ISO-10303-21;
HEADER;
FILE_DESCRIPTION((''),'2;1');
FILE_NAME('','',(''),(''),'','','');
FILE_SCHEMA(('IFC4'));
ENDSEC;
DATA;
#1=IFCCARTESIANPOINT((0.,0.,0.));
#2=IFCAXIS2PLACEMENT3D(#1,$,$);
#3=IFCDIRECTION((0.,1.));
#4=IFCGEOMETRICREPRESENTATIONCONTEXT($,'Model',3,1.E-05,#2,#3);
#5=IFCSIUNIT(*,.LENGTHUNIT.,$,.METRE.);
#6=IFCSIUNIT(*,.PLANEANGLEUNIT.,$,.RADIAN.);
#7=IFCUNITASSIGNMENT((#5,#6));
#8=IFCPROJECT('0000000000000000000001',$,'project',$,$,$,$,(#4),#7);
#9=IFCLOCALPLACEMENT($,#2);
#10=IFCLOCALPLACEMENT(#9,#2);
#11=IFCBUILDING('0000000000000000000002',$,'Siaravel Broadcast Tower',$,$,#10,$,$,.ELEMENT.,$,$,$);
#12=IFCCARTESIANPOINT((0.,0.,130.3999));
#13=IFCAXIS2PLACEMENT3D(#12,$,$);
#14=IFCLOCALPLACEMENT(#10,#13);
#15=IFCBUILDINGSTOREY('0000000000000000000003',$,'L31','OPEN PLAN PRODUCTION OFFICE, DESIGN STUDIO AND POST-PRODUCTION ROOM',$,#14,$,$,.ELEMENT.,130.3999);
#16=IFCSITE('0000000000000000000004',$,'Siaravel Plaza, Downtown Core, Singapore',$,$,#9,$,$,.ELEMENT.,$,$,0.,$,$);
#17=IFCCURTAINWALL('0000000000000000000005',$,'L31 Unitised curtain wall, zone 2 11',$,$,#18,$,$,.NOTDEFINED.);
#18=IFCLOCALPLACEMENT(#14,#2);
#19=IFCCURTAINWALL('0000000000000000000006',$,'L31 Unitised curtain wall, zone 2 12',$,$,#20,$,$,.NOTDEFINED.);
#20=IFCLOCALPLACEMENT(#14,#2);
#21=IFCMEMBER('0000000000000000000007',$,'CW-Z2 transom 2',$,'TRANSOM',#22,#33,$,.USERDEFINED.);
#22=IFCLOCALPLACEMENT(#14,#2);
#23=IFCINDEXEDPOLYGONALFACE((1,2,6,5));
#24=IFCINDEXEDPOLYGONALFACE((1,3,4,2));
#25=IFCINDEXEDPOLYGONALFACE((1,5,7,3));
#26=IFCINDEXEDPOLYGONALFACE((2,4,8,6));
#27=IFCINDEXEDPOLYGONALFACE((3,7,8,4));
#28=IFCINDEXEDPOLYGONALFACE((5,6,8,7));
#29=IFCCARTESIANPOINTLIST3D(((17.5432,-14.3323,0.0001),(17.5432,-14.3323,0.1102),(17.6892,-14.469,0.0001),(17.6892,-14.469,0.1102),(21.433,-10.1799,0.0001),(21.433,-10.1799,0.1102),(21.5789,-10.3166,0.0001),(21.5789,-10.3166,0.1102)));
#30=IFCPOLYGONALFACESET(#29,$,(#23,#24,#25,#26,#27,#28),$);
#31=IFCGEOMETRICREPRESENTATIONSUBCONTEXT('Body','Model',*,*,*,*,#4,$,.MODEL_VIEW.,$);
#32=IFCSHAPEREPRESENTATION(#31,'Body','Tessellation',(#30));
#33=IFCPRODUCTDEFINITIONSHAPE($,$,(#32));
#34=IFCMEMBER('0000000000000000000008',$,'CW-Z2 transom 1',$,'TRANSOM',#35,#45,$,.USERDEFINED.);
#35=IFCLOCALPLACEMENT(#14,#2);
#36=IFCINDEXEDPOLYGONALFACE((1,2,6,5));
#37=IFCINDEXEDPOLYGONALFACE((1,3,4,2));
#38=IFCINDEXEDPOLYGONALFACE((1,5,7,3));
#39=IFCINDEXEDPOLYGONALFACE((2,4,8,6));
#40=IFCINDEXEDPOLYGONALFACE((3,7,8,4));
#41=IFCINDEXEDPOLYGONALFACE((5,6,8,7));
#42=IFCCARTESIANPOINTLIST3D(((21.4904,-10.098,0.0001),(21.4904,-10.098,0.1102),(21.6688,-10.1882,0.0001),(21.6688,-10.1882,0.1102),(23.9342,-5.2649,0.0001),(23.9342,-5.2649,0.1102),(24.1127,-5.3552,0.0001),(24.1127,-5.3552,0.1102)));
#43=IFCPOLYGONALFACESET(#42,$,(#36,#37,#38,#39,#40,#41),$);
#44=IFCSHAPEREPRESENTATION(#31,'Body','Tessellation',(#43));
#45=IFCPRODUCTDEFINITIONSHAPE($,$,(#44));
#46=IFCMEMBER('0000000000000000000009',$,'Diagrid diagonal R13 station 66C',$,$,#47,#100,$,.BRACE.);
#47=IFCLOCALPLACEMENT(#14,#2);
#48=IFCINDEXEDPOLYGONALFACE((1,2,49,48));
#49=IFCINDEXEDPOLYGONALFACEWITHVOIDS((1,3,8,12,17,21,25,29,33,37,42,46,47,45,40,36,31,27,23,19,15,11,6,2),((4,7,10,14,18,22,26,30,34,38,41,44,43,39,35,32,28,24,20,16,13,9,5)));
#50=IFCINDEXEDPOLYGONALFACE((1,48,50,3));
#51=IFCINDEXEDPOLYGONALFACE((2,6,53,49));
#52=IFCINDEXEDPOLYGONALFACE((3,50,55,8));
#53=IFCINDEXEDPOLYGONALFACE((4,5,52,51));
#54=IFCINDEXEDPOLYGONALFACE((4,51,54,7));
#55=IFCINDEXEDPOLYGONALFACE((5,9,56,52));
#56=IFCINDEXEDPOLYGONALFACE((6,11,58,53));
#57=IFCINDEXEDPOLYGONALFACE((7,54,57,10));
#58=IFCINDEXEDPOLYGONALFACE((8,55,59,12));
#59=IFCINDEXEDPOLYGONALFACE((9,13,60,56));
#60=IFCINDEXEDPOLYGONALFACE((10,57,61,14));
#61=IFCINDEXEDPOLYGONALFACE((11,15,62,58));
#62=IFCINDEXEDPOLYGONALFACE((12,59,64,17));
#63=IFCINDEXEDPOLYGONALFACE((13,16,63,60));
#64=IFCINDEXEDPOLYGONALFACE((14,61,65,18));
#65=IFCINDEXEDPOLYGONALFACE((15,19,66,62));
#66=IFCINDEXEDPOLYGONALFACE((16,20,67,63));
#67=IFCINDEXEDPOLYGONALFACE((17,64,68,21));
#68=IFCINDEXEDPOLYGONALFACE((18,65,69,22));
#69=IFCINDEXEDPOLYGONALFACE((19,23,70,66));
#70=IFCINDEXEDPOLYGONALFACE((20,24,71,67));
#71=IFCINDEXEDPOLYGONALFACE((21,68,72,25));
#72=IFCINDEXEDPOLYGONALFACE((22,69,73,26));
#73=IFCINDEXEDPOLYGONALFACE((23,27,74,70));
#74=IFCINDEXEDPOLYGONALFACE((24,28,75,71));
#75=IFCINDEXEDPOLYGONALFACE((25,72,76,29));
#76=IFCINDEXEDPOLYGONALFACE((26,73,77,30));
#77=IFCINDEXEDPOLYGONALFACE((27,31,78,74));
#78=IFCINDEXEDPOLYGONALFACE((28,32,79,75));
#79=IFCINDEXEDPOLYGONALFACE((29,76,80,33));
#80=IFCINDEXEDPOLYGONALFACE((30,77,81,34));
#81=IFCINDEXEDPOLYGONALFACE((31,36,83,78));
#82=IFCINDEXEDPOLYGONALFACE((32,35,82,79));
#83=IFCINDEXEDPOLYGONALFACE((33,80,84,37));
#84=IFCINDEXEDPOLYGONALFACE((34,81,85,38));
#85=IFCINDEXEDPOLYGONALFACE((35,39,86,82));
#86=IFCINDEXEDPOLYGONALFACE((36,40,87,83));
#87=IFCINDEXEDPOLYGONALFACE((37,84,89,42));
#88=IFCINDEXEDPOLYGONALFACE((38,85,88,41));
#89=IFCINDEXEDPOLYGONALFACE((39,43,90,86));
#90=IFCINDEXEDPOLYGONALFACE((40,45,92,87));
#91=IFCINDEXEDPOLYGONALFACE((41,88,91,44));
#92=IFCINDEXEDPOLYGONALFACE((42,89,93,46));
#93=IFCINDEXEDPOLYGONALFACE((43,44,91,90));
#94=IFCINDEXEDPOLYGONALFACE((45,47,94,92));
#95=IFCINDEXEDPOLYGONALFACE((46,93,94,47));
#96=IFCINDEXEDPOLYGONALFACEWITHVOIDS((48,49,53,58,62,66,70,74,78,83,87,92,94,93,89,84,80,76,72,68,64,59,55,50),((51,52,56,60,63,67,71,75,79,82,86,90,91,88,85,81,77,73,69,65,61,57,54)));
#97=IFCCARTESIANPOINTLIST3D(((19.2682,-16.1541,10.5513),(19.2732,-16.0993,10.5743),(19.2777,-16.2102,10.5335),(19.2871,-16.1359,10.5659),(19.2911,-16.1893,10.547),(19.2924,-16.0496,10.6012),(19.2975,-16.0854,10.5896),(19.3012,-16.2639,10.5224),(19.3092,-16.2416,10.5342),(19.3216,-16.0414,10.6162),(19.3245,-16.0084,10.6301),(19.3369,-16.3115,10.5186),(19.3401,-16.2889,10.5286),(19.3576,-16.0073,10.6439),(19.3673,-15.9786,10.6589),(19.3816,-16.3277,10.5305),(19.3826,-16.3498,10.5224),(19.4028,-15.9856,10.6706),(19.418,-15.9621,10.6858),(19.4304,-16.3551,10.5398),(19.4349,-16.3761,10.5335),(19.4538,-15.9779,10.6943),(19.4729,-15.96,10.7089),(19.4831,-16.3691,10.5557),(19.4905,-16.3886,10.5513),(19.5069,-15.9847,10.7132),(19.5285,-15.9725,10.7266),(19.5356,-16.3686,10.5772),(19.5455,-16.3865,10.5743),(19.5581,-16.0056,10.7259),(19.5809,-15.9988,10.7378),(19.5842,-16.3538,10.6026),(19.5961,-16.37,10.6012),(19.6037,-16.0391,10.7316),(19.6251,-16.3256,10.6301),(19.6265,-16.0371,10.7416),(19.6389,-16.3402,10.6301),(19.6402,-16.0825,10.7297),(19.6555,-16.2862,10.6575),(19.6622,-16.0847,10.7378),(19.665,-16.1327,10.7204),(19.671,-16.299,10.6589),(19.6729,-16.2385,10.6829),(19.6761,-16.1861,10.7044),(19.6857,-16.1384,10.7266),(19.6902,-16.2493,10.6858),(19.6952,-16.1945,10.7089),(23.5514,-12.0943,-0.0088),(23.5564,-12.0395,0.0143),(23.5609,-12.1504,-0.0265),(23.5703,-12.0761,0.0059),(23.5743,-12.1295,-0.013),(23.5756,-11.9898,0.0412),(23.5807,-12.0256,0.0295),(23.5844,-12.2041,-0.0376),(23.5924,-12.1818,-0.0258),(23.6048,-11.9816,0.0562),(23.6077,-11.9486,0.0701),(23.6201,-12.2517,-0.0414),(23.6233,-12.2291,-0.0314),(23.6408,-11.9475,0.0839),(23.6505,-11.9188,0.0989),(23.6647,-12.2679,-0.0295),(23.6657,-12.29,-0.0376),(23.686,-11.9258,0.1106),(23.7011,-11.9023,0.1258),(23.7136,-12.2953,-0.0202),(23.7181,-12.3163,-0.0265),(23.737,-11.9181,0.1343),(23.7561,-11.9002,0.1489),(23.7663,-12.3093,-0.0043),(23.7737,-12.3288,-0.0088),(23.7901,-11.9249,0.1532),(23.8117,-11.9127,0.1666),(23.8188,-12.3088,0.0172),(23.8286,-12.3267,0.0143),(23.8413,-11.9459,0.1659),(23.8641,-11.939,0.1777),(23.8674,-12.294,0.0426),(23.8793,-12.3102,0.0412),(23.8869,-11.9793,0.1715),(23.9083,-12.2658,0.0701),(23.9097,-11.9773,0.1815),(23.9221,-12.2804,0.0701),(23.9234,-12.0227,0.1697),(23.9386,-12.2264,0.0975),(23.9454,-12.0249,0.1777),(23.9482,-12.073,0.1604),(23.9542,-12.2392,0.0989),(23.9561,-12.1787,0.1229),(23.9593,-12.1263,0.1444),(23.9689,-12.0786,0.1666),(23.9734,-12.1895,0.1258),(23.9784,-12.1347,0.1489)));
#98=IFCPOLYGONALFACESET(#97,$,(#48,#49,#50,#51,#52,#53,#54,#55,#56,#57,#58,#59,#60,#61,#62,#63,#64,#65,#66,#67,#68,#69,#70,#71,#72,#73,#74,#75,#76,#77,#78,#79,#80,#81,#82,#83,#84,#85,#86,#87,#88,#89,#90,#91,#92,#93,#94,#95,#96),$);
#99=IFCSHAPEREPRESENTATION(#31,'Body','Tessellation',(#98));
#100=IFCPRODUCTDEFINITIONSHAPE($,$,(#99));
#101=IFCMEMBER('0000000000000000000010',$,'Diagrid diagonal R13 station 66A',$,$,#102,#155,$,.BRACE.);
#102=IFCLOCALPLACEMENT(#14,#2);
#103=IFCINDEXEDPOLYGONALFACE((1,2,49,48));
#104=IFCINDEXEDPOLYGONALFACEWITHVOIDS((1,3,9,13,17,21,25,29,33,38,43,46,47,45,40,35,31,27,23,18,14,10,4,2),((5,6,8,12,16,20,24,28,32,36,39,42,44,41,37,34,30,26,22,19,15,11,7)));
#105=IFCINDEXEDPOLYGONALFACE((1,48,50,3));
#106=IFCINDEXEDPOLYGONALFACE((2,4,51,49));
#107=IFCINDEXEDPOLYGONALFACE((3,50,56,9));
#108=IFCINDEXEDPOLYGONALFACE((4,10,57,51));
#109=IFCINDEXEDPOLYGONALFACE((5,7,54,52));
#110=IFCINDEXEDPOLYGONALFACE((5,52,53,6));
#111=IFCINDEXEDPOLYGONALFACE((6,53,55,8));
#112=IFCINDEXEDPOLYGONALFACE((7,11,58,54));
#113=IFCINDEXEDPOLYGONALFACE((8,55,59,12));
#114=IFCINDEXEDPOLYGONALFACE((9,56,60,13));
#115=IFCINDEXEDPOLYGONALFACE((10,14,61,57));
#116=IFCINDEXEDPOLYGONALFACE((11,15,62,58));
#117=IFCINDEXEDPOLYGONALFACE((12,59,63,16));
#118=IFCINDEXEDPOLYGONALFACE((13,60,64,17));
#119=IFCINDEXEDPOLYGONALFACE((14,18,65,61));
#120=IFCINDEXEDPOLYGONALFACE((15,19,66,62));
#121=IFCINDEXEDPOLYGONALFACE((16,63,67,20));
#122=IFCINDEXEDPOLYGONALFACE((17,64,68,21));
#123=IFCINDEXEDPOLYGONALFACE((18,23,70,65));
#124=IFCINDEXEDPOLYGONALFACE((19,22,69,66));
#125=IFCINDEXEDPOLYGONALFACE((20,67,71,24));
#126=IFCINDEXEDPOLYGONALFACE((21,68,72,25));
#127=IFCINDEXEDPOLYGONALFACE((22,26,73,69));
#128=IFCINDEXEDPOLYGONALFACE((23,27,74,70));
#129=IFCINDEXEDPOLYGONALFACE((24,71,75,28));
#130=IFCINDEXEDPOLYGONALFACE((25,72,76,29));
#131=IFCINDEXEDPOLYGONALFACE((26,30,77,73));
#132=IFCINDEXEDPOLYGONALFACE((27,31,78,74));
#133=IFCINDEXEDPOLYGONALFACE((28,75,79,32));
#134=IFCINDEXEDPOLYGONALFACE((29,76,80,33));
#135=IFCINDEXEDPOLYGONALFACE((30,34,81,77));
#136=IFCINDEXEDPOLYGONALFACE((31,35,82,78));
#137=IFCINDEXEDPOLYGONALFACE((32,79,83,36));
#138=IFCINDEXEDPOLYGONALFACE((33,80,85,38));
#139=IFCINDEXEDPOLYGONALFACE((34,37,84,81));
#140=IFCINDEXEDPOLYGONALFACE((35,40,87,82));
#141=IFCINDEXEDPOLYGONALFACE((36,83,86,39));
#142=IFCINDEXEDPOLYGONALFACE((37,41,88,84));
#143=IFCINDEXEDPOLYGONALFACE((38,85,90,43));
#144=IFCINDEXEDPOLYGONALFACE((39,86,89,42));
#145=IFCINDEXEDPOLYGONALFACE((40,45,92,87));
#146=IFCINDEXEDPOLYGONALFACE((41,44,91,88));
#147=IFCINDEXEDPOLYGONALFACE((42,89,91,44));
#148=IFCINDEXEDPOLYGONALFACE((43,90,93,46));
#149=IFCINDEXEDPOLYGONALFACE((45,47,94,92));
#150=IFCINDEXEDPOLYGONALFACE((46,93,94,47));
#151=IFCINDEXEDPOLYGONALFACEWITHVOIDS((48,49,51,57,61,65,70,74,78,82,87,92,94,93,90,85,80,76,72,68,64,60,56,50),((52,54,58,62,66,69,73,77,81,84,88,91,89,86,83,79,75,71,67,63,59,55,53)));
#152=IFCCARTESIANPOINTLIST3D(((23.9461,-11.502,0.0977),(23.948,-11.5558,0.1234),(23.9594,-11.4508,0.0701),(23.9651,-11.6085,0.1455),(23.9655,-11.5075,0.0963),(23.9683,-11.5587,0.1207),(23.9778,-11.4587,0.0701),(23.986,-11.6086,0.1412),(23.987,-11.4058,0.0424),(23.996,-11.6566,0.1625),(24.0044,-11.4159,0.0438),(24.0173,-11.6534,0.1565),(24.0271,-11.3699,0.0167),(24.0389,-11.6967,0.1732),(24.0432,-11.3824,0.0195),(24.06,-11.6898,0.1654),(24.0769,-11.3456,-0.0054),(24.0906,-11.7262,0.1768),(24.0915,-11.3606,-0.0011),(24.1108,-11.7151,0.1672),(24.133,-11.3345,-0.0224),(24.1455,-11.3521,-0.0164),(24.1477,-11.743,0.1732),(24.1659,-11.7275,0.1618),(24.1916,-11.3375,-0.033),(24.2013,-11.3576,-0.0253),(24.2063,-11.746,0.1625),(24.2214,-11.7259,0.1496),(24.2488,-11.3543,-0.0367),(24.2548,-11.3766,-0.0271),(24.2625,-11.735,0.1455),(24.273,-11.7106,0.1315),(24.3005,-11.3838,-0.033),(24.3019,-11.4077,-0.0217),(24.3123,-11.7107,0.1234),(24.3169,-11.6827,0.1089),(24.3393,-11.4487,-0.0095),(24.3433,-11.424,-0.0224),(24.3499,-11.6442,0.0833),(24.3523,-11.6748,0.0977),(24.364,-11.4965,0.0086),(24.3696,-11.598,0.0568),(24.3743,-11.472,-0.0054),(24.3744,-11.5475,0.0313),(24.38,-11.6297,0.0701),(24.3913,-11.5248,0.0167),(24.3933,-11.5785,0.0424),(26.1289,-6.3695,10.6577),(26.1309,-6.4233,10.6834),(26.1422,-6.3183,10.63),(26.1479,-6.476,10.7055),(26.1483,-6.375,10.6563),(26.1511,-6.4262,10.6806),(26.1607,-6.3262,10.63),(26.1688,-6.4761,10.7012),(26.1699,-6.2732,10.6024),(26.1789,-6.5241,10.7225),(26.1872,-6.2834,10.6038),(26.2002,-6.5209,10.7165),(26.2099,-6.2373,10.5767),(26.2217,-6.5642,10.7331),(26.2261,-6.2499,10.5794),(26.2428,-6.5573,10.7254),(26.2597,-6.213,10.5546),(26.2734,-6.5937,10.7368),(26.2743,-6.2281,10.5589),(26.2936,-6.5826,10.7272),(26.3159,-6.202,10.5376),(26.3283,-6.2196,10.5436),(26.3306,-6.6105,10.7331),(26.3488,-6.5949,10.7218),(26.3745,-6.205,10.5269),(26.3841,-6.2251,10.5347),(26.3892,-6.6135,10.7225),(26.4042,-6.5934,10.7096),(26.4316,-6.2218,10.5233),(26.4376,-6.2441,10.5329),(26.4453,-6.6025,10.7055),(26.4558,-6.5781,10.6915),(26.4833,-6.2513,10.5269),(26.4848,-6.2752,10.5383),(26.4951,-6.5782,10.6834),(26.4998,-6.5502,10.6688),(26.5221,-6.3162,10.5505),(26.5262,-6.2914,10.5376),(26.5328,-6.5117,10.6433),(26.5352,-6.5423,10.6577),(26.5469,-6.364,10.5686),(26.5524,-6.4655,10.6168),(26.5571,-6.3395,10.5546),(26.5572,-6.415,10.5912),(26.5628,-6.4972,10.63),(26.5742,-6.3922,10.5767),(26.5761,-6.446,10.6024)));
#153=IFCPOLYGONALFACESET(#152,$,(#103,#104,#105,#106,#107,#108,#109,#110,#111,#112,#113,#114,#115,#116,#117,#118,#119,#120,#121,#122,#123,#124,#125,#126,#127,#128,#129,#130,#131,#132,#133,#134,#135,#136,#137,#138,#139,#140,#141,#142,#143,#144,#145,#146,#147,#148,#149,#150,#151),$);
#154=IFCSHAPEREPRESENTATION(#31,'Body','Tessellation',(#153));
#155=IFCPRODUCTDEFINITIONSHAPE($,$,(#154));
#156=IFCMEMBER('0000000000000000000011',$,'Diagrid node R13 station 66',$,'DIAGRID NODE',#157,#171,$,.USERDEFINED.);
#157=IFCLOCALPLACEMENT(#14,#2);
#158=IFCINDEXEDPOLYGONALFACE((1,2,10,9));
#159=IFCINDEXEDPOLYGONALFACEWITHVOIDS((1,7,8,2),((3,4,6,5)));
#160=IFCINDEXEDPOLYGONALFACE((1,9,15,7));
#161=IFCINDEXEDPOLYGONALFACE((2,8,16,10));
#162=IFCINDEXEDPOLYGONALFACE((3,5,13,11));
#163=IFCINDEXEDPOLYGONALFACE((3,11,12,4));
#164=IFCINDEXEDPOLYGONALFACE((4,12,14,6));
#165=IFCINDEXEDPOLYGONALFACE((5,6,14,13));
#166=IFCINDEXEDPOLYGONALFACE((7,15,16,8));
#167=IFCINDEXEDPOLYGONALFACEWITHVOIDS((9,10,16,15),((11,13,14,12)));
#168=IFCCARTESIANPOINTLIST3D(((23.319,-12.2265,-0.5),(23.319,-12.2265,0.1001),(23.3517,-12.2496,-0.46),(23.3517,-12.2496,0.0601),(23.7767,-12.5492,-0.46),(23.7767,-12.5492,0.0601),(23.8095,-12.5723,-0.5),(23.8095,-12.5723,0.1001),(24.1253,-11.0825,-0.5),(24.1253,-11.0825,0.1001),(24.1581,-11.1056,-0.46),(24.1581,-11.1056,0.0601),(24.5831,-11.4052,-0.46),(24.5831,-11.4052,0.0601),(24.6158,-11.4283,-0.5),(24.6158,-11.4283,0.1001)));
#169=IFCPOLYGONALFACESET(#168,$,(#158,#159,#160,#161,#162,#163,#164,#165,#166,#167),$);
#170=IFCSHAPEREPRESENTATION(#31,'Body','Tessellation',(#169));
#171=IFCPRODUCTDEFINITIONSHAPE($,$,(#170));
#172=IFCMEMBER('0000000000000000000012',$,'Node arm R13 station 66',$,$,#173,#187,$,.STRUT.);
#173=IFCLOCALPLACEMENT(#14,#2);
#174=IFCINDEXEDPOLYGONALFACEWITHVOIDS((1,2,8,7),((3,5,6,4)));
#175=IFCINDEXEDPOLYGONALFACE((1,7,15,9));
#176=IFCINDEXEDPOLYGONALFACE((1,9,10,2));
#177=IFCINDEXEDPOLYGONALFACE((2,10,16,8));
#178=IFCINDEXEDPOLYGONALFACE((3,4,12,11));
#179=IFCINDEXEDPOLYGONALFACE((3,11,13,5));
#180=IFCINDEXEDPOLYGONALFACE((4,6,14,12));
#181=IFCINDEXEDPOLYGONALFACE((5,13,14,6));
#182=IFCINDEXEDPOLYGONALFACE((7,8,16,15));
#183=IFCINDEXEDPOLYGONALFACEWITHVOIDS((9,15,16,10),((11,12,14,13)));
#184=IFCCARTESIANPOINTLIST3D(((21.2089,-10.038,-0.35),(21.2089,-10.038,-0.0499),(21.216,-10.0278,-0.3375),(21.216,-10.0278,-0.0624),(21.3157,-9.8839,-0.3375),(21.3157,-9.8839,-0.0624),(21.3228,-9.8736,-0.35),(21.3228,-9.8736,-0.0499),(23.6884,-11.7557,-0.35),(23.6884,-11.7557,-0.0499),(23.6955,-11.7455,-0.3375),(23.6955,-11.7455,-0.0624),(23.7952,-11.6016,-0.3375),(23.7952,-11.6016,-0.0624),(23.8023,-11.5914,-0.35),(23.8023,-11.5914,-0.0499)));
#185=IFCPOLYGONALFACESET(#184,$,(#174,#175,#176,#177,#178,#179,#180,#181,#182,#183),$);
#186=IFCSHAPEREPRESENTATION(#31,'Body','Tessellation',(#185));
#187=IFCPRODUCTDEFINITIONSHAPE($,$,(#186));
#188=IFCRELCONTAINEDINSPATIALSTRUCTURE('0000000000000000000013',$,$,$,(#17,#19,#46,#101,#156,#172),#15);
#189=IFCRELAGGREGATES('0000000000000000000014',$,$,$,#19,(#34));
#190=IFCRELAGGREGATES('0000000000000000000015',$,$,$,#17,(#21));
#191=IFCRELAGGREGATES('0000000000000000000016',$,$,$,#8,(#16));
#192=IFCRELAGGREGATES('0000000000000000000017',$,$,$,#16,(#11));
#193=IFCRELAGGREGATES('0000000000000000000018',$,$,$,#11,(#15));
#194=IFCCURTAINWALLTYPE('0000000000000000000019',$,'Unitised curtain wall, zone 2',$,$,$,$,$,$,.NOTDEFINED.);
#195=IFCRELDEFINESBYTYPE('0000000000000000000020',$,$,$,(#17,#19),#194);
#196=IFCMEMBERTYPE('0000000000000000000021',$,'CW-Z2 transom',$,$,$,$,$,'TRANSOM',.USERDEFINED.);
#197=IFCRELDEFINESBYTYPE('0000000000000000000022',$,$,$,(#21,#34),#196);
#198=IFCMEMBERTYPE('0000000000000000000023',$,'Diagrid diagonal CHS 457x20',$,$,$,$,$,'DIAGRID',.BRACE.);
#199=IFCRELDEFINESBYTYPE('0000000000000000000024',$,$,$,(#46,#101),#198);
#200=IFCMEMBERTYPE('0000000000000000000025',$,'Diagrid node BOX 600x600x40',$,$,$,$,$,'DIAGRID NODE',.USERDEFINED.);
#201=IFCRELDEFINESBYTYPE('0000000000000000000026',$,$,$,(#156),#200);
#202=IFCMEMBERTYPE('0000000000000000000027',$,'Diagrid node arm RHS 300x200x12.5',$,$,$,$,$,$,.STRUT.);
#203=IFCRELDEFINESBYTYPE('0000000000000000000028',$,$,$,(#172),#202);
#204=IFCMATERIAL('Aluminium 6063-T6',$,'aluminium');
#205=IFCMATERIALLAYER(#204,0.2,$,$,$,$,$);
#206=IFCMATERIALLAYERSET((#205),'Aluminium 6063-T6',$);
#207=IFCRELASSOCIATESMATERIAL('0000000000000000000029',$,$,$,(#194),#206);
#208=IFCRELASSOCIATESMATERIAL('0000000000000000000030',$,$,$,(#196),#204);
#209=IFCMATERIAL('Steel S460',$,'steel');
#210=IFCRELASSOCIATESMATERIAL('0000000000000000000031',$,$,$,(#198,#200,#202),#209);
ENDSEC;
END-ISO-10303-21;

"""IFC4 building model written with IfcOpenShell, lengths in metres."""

from ifc_helpers import new_model, si_unit, direction, frame, origin, origin_2d, place, context, subcontext, project, spatial, rectangle, hollow_rectangle, hollow_circle, extrude, material, layer, layer_set, material_profile, profile_set, type_object, element, aggregate, save


model = new_model("IFC4")

# Units and contexts
model_context = context("Model", 3, precision=1e-05, world=origin(), true_north=direction((0.0, 1.0)))
body_context = subcontext(model_context, "Body", "Model", "MODEL_VIEW")
ifc_project = project(units=[si_unit("LENGTHUNIT", "METRE"), si_unit("PLANEANGLEUNIT", "RADIAN")], contexts=[model_context])

# Site, building, storey
site_placement = place(None, origin())
site = spatial("IfcSite", under=ifc_project, at=site_placement, Name="Siaravel Plaza, Downtown Core, Singapore", CompositionType="ELEMENT", RefElevation=0.0)
building_placement = place(site_placement, origin())
building = spatial("IfcBuilding", under=site, at=building_placement, Name="Siaravel Broadcast Tower", CompositionType="ELEMENT")
storey_placement = place(building_placement, frame((0.0, 0.0, 130.3999)))
storey = spatial("IfcBuildingStorey", under=building, at=storey_placement, Name="L31", Description="OPEN PLAN PRODUCTION OFFICE, DESIGN STUDIO AND POST-PRODUCTION ROOM", CompositionType="ELEMENT", Elevation=130.3999)

# Curtain wall
ifc_material_1 = material(Name="Aluminium 6063-T6", Category="aluminium")
ifc_layer_1 = layer(ifc_material_1, 0.2)
ifc_layer_set_1 = layer_set([ifc_layer_1], Name="Aluminium 6063-T6")
curtain_wall_type = type_object("IfcCurtainWallType", Name="Unitised curtain wall, zone 2", PredefinedType="NOTDEFINED", material=ifc_layer_set_1)
curtain_wall_1_placement = place(storey_placement, origin())
curtain_wall_1 = element("IfcCurtainWall", 1, at=curtain_wall_1_placement, inside=storey, type_object=curtain_wall_type, Name="L31 Unitised curtain wall, zone 2 11", PredefinedType="NOTDEFINED")

# Curtain wall
curtain_wall_2_placement = place(storey_placement, origin())
curtain_wall_2 = element("IfcCurtainWall", 2, at=curtain_wall_2_placement, inside=storey, type_object=curtain_wall_type, Name="L31 Unitised curtain wall, zone 2 12", PredefinedType="NOTDEFINED")

# Members
ifc_material_profile_1 = material_profile(ifc_material_1, rectangle(XDim=0.2, YDim=0.1101, at=origin_2d()))
ifc_profile_set_1 = profile_set([ifc_material_profile_1], Name="Aluminium 6063-T6")
member_type_1 = type_object("IfcMemberType", Name="CW-Z2 transom", ElementType="TRANSOM", PredefinedType="USERDEFINED", material=ifc_profile_set_1)
member_1_placement = place(storey_placement, frame((17.6162, -14.4006, 0.0552), z_axis=(0.683644, 0.729815, 0.0), x_axis=(-0.729815, 0.683644, 0.0)))
member_1 = element("IfcMember", 3, at=member_1_placement, type_object=member_type_1, Name="CW-Z2 transom 2", ObjectType="TRANSOM", PredefinedType="USERDEFINED", context=body_context, shape_type="SweptSolid", body=[
    extrude(rectangle(XDim=0.2, YDim=0.1101, at=origin_2d()), origin(), (0.0, 0.0, 1.0), 5.6897),
])
member_2_placement = place(storey_placement, frame((21.5796, -10.1431, 0.0552), z_axis=(0.451248, 0.892398, 0.0), x_axis=(-0.892398, 0.451248, 0.0)))
member_2 = element("IfcMember", 4, at=member_2_placement, type_object=member_type_1, Name="CW-Z2 transom 1", ObjectType="TRANSOM", PredefinedType="USERDEFINED", context=body_context, shape_type="SweptSolid", body=[
    extrude(rectangle(XDim=0.2, YDim=0.1101, at=origin_2d()), origin(), (0.0, 0.0, 1.0), 5.4158),
])
aggregate(curtain_wall_2, [member_2])

# Members
ifc_material_2 = material(Name="Steel S460", Category="steel")
ifc_material_profile_2 = material_profile(ifc_material_2, hollow_circle(Radius=0.2285, WallThickness=0.02, at=origin_2d()))
ifc_profile_set_2 = profile_set([ifc_material_profile_2], Name="Steel S460")
member_type_2 = type_object("IfcMemberType", Name="Diagrid diagonal CHS 457x20", ElementType="DIAGRID", PredefinedType="BRACE", material=ifc_profile_set_2)
member_3_placement = place(storey_placement, frame((23.7649, -12.1145, 0.0701), z_axis=(-0.354065, -0.335599, 0.872933), x_axis=(0.687927, -0.72578, 0.0)))
element("IfcMember", 5, at=member_3_placement, inside=storey, type_object=member_type_2, Name="Diagrid diagonal R13 station 66C", PredefinedType="BRACE", context=body_context, shape_type="SweptSolid", body=[
    extrude(hollow_circle(Radius=0.2285, WallThickness=0.02, at=origin_2d()), origin(), (0.0, 0.0, 1.0), 12.0972),
])
member_4_placement = place(storey_placement, frame((24.1697, -11.5403, 0.0701), z_axis=(0.182781, 0.429774, 0.884243), x_axis=(-0.920233, 0.391371, 0.0)))
element("IfcMember", 6, at=member_4_placement, inside=storey, type_object=member_type_2, Name="Diagrid diagonal R13 station 66A", PredefinedType="BRACE", context=body_context, shape_type="SweptSolid", body=[
    extrude(hollow_circle(Radius=0.2285, WallThickness=0.02, at=origin_2d()), origin(), (0.0, 0.0, 1.0), 11.9424),
])
ifc_material_profile_3 = material_profile(ifc_material_2, hollow_rectangle(XDim=0.6001, YDim=0.6001, WallThickness=0.04, at=origin_2d()))
ifc_profile_set_3 = profile_set([ifc_material_profile_3], Name="Steel S460")
member_type_3 = type_object("IfcMemberType", Name="Diagrid node BOX 600x600x40", ElementType="DIAGRID NODE", PredefinedType="USERDEFINED", material=ifc_profile_set_3)
member_5_placement = place(storey_placement, frame((23.5642, -12.3994, -0.2), z_axis=(0.576128, 0.817359, 0.0), x_axis=(-0.817359, 0.576128, 0.0)))
element("IfcMember", 7, at=member_5_placement, inside=storey, type_object=member_type_3, Name="Diagrid node R13 station 66", ObjectType="DIAGRID NODE", PredefinedType="USERDEFINED", context=body_context, shape_type="SweptSolid", body=[
    extrude(hollow_rectangle(XDim=0.6001, YDim=0.6001, WallThickness=0.04, at=origin_2d()), origin(), (0.0, 0.0, 1.0), 1.3997),
])
ifc_material_profile_4 = material_profile(ifc_material_2, hollow_rectangle(XDim=0.2, YDim=0.3, WallThickness=0.0125, at=origin_2d()))
ifc_profile_set_4 = profile_set([ifc_material_profile_4], Name="Steel S460")
member_type_4 = type_object("IfcMemberType", Name="Diagrid node arm RHS 300x200x12.5", PredefinedType="STRUT", material=ifc_profile_set_4)
member_6_placement = place(storey_placement, frame((21.2659, -9.9558, -0.2), z_axis=(0.822006, -0.569479, 0.0), x_axis=(0.569479, 0.822006, 0.0)))
element("IfcMember", 8, at=member_6_placement, inside=storey, type_object=member_type_4, Name="Node arm R13 station 66", PredefinedType="STRUT", context=body_context, shape_type="SweptSolid", body=[
    extrude(hollow_rectangle(XDim=0.2, YDim=0.3, WallThickness=0.0125, at=origin_2d()), origin(), (0.0, 0.0, 1.0), 3.0164),
])

aggregate(curtain_wall_1, [member_1])

save(model, "model.ifc")
